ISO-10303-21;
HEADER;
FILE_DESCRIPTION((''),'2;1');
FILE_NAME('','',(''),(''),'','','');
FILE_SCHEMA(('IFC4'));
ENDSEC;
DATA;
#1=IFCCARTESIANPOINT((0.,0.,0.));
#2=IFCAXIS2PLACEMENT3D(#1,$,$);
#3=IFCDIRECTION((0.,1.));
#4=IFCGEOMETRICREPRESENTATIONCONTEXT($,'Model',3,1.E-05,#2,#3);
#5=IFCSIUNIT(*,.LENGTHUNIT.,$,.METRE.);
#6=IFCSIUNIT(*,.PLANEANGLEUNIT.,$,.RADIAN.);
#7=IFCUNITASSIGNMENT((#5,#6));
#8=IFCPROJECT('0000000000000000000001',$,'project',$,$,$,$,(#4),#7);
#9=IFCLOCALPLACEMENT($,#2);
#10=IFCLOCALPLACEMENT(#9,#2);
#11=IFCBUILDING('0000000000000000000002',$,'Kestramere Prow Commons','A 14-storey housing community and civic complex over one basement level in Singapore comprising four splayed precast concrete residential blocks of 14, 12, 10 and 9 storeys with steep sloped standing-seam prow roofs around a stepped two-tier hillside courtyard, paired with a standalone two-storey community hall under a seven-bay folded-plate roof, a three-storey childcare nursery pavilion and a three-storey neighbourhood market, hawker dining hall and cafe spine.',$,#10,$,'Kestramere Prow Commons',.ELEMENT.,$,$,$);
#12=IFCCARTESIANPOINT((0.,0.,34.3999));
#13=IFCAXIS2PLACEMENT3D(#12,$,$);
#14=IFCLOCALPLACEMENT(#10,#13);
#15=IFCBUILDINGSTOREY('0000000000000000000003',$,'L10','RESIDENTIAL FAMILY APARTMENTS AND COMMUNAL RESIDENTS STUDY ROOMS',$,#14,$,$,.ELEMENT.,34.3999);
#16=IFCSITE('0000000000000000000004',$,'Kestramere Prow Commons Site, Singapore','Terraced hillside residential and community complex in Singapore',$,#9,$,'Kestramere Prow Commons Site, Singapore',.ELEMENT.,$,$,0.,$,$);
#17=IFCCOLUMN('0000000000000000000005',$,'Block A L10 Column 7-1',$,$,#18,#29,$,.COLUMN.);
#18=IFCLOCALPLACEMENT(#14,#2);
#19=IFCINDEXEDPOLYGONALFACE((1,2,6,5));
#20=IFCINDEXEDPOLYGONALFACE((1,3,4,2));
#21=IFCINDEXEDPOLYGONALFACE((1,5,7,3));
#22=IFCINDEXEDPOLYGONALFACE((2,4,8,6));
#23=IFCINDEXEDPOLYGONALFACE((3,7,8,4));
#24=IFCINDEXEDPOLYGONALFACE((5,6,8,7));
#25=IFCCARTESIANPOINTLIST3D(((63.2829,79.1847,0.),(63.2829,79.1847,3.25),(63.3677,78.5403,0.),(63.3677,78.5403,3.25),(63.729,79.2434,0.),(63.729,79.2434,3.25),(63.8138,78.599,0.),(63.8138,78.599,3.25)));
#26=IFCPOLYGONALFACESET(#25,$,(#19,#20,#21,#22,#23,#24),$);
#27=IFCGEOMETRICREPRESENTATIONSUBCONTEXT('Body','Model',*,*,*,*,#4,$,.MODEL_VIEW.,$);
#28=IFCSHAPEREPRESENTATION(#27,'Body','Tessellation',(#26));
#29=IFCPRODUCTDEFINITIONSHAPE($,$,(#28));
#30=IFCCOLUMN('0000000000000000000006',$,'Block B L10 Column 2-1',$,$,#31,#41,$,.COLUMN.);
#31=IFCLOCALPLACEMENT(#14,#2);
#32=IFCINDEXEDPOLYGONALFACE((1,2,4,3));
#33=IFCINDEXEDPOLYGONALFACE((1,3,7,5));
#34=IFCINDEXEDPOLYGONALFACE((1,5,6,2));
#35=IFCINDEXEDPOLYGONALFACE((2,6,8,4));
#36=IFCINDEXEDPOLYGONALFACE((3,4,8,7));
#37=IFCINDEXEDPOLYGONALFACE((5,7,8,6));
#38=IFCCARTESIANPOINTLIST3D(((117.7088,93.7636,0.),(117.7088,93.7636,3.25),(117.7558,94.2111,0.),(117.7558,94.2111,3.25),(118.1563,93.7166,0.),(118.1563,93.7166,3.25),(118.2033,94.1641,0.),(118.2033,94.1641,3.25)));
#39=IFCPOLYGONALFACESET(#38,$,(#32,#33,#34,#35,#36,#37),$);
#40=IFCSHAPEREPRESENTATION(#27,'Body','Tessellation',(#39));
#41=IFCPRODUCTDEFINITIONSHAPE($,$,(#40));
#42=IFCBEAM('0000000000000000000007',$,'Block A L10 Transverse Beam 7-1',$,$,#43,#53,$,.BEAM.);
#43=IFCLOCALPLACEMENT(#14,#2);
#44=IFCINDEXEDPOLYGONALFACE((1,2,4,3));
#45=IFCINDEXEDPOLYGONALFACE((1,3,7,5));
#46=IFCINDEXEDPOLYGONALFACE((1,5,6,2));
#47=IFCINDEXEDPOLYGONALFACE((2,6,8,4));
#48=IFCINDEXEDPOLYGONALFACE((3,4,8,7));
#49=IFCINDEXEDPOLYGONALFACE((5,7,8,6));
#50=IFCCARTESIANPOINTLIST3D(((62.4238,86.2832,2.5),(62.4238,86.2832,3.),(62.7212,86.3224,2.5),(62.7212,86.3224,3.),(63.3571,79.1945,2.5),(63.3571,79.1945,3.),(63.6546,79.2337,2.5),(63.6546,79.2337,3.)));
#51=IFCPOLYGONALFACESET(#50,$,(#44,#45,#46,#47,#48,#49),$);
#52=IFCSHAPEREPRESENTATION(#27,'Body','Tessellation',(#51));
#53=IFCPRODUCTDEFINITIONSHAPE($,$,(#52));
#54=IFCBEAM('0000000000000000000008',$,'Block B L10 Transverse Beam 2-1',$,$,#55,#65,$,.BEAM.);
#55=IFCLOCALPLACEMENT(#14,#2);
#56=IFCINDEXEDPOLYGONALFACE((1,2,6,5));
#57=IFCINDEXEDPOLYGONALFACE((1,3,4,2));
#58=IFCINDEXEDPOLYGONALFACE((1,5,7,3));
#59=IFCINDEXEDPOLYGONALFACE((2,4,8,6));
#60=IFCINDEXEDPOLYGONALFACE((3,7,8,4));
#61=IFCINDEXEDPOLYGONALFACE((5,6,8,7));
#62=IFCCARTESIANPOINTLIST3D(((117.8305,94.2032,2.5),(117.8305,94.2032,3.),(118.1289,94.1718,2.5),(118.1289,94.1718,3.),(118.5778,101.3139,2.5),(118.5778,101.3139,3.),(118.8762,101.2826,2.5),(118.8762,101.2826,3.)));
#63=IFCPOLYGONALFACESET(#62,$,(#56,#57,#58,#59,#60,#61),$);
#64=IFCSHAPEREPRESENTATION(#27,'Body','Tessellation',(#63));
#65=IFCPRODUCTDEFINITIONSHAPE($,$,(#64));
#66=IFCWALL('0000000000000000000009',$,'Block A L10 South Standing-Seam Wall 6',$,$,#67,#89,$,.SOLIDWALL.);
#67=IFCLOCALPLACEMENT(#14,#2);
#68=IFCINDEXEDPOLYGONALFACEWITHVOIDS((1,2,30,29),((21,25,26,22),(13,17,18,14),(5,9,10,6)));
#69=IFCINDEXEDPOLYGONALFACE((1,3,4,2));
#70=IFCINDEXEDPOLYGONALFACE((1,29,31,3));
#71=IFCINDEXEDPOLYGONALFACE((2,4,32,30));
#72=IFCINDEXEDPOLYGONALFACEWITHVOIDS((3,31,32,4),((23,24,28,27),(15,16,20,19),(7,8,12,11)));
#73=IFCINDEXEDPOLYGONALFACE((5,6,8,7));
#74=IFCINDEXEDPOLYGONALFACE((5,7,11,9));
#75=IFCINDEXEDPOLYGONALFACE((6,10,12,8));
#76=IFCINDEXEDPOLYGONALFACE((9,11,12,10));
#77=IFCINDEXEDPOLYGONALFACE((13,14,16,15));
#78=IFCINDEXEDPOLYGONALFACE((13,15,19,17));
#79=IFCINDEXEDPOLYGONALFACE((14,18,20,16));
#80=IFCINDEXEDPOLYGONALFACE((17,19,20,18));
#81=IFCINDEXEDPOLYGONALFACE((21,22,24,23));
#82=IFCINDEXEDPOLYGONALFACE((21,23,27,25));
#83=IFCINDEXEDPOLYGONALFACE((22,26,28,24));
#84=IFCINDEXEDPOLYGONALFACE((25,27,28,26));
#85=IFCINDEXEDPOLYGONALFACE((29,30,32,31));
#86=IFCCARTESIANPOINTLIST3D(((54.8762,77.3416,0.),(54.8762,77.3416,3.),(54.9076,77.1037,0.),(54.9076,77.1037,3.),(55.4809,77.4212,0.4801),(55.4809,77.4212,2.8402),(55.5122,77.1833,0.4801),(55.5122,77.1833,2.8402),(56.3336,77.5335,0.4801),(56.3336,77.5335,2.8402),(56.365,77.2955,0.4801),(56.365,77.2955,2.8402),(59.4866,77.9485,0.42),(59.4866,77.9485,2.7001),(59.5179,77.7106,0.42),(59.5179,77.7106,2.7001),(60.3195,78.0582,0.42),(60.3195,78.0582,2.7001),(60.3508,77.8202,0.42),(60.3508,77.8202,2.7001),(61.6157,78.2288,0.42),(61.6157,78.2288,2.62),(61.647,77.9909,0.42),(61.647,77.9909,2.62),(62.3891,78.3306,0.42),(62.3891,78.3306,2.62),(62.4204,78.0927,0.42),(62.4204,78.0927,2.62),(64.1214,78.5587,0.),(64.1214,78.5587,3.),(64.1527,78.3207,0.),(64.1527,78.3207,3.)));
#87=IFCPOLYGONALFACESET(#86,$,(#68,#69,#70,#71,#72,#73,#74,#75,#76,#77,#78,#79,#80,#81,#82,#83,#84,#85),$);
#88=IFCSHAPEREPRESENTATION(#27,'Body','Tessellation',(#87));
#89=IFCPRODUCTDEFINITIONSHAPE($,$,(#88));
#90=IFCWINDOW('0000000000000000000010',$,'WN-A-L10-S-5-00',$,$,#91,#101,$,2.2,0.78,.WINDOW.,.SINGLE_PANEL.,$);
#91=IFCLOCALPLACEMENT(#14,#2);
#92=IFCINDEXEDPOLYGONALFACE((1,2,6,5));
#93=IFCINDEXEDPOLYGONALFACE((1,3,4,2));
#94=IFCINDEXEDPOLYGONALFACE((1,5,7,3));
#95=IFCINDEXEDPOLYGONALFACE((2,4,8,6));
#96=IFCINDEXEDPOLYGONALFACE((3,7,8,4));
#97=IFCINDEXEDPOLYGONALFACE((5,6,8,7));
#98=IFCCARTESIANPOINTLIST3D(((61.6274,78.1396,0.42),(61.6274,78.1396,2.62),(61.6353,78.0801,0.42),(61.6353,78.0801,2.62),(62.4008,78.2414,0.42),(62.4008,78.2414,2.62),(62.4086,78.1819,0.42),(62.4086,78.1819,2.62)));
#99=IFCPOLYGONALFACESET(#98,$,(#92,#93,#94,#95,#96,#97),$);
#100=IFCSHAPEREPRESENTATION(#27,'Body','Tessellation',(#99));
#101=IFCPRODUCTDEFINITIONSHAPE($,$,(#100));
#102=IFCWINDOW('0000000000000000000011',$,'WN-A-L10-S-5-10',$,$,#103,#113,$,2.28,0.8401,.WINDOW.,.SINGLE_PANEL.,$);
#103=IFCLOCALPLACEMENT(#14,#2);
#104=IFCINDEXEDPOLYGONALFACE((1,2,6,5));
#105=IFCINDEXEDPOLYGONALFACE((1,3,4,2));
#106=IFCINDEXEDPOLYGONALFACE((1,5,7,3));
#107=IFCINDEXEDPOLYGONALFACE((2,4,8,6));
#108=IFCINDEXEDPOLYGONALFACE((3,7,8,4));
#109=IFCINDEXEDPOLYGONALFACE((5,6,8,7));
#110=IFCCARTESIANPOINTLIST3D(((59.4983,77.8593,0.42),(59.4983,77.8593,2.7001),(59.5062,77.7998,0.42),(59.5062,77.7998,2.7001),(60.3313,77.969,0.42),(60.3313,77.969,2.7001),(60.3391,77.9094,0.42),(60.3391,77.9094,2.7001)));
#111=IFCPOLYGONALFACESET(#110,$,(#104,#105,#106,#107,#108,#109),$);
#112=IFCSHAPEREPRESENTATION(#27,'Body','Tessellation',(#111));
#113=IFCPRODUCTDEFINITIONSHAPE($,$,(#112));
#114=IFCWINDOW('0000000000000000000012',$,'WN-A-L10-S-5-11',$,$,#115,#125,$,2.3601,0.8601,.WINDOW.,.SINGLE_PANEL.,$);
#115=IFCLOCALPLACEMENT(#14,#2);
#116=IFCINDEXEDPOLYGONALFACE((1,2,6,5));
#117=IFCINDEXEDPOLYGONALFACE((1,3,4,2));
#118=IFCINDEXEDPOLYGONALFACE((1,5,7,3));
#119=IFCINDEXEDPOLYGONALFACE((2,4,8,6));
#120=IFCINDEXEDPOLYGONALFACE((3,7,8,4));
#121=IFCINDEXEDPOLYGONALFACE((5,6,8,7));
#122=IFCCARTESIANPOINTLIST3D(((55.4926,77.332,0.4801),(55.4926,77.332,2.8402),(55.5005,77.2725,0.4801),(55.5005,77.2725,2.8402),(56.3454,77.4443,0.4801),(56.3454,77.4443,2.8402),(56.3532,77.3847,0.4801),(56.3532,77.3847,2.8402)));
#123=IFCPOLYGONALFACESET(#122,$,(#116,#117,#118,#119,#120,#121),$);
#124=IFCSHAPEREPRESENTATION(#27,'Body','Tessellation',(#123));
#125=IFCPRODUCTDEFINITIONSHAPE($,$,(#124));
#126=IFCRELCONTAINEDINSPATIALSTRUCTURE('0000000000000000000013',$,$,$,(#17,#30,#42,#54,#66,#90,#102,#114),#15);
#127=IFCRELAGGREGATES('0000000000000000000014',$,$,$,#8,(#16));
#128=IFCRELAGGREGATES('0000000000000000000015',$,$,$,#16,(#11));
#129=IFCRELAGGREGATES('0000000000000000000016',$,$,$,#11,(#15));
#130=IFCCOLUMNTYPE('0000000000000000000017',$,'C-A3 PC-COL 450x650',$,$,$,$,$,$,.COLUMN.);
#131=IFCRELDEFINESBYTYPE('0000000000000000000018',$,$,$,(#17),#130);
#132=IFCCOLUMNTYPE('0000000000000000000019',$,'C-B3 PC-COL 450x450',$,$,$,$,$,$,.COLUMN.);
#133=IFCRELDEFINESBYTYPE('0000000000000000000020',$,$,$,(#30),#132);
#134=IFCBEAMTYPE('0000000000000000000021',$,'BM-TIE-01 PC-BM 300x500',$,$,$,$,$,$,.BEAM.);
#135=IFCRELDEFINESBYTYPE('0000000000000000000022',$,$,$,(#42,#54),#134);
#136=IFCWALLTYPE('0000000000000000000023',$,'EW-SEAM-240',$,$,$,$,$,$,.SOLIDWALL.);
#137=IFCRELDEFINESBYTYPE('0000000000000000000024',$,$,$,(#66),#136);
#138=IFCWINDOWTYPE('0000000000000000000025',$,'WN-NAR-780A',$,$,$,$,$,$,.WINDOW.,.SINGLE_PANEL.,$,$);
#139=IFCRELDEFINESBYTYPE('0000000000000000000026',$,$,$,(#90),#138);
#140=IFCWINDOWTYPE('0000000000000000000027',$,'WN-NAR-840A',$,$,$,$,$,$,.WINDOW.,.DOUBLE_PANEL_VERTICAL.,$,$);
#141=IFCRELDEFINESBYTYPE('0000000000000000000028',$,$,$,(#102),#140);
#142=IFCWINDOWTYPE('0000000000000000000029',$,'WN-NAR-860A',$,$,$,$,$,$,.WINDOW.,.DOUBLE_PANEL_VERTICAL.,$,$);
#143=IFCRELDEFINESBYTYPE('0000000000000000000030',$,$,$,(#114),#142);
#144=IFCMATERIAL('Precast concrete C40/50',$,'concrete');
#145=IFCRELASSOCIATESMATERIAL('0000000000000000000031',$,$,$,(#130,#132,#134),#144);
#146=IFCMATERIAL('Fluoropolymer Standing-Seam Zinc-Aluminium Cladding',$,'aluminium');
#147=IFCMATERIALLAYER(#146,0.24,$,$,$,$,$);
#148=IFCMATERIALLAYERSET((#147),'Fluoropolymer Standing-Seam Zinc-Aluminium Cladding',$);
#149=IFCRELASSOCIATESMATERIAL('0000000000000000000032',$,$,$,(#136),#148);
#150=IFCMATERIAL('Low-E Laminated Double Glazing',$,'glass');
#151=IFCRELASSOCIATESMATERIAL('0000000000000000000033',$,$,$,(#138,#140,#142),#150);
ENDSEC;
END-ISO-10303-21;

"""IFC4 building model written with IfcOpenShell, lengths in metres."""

from ifc_helpers import new_model, si_unit, direction, frame, frame_2d, origin, origin_2d, place, context, subcontext, project, spatial, rectangle, extrude, material, layer, layer_set, material_profile, profile_set, type_object, element, fill, save


model = new_model("IFC4")

# Units and contexts
model_context = context("Model", 3, precision=1e-05, world=origin(), true_north=direction((0.0, 1.0)))
body_context = subcontext(model_context, "Body", "Model", "MODEL_VIEW")
ifc_project = project(units=[si_unit("LENGTHUNIT", "METRE"), si_unit("PLANEANGLEUNIT", "RADIAN")], contexts=[model_context])

# Site, building, storey
site_placement = place(None, origin())
site = spatial("IfcSite", under=ifc_project, at=site_placement, Name="Kestramere Prow Commons Site, Singapore", Description="Terraced hillside residential and community complex in Singapore", LongName="Kestramere Prow Commons Site, Singapore", CompositionType="ELEMENT", RefElevation=0.0)
building_placement = place(site_placement, origin())
building = spatial("IfcBuilding", under=site, at=building_placement, Name="Kestramere Prow Commons", Description="A 14-storey housing community and civic complex over one basement level in Singapore comprising four splayed precast concrete residential blocks of 14, 12, 10 and 9 storeys with steep sloped standing-seam prow roofs around a stepped two-tier hillside courtyard, paired with a standalone two-storey community hall under a seven-bay folded-plate roof, a three-storey childcare nursery pavilion and a three-storey neighbourhood market, hawker dining hall and cafe spine.", LongName="Kestramere Prow Commons", CompositionType="ELEMENT")
storey_placement = place(building_placement, frame((0.0, 0.0, 34.3999)))
storey = spatial("IfcBuildingStorey", under=building, at=storey_placement, Name="L10", Description="RESIDENTIAL FAMILY APARTMENTS AND COMMUNAL RESIDENTS STUDY ROOMS", CompositionType="ELEMENT", Elevation=34.3999)

# Columns
ifc_material_1 = material(Name="Precast concrete C40/50", Category="concrete")
ifc_material_profile_1 = material_profile(ifc_material_1, rectangle(XDim=0.45, YDim=0.6499, at=origin_2d()), Name="PC-COL 450x650")
ifc_profile_set_1 = profile_set([ifc_material_profile_1], Name="Precast concrete C40/50")
column_type_1 = type_object("IfcColumnType", Name="C-A3 PC-COL 450x650", PredefinedType="COLUMN", material=ifc_profile_set_1)
column_1_placement = place(storey_placement, frame((63.5483, 78.8918, 0.0), z_axis=(0.0, 0.0, 1.0), x_axis=(0.991445, 0.130526, 0.0)))
element("IfcColumn", 1, at=column_1_placement, inside=storey, type_object=column_type_1, Name="Block A L10 Column 7-1", PredefinedType="COLUMN", context=body_context, shape_type="SweptSolid", body=[
    extrude(rectangle(XDim=0.45, YDim=0.6499, at=origin_2d()), origin(), (0.0, 0.0, 1.0), 3.25),
])
ifc_material_profile_2 = material_profile(ifc_material_1, rectangle(XDim=0.45, YDim=0.45, at=origin_2d()), Name="PC-COL 450x450")
ifc_profile_set_2 = profile_set([ifc_material_profile_2], Name="Precast concrete C40/50")
column_type_2 = type_object("IfcColumnType", Name="C-B3 PC-COL 450x450", PredefinedType="COLUMN", material=ifc_profile_set_2)
column_2_placement = place(storey_placement, frame((117.9561, 93.9639, 0.0), z_axis=(0.0, 0.0, 1.0), x_axis=(0.994522, -0.104528, 0.0)))
element("IfcColumn", 2, at=column_2_placement, inside=storey, type_object=column_type_2, Name="Block B L10 Column 2-1", PredefinedType="COLUMN", context=body_context, shape_type="SweptSolid", body=[
    extrude(rectangle(XDim=0.45, YDim=0.45, at=origin_2d()), origin(), (0.0, 0.0, 1.0), 3.25),
])

# Beams
ifc_material_profile_3 = material_profile(ifc_material_1, rectangle(XDim=0.3, YDim=0.5, at=origin_2d()), Name="PC-BM 300x500")
ifc_profile_set_3 = profile_set([ifc_material_profile_3], Name="Precast concrete C40/50")
beam_type = type_object("IfcBeamType", Name="BM-TIE-01 PC-BM 300x500", PredefinedType="BEAM", material=ifc_profile_set_3)
for number, where, z_axis, x_axis, name in (
    (3, (63.5059, 79.2141, 2.75), (-0.130542, 0.991443, 0.0), (-0.991443, -0.130542, 0.0), "Block A L10 Transverse Beam 7-1"),
    (4, (117.9797, 94.1875, 2.75), (0.104519, 0.994523, 0.0), (-0.994523, 0.104519, 0.0), "Block B L10 Transverse Beam 2-1"),
):
    element("IfcBeam", number, at=place(storey_placement, frame(where, z_axis=z_axis, x_axis=x_axis)), inside=storey, type_object=beam_type, Name=name, PredefinedType="BEAM", context=body_context, shape_type="SweptSolid", body=[
        extrude(rectangle(XDim=0.3, YDim=0.5, at=origin_2d()), origin(), (0.0, 0.0, 1.0), 7.1499),
    ])

# Wall, openings, windows
ifc_material_2 = material(Name="Fluoropolymer Standing-Seam Zinc-Aluminium Cladding", Category="aluminium")
ifc_layer_1 = layer(ifc_material_2, 0.24)
ifc_layer_set_1 = layer_set([ifc_layer_1], Name="Fluoropolymer Standing-Seam Zinc-Aluminium Cladding")
wall_type = type_object("IfcWallType", Name="EW-SEAM-240", PredefinedType="SOLIDWALL", material=ifc_layer_set_1)
wall_1_placement = place(storey_placement, frame((64.1372, 78.4397, 0.0), z_axis=(0.0, 0.0, 1.0), x_axis=(-0.991446, -0.130515, 0.0)))
wall_1 = element("IfcWall", 5, at=wall_1_placement, inside=storey, type_object=wall_type, Name="Block A L10 South Standing-Seam Wall 6", PredefinedType="SOLIDWALL", context=body_context, shape_type="SweptSolid", body=[
    extrude(rectangle(XDim=9.325, YDim=0.24, at=frame_2d((4.6626, 0.0))), origin(), (0.0, 0.0, 1.0), 3.0),
])
opening_1_placement = place(wall_1_placement, frame((1.7473, 0.0, 0.4199)))
opening_1 = element("IfcOpeningElement", 6, at=opening_1_placement, cuts=wall_1, PredefinedType="OPENING", context=body_context, shape_type="SweptSolid", body=[
    extrude(rectangle(XDim=0.78, YDim=2.2, at=frame_2d((0.3901, 1.1001))), frame((0.0, 0.135, 0.0), z_axis=(0.0, -1.0, 0.0), x_axis=(1.0, 0.0, 0.0)), (0.0, 0.0, 1.0), 0.27),
])
opening_2_placement = place(wall_1_placement, frame((3.835, 0.0, 0.4199)))
opening_2 = element("IfcOpeningElement", 7, at=opening_2_placement, cuts=wall_1, PredefinedType="OPENING", context=body_context, shape_type="SweptSolid", body=[
    extrude(rectangle(XDim=0.8401, YDim=2.28, at=frame_2d((0.4199, 1.1401))), frame((0.0, 0.135, 0.0), z_axis=(0.0, -1.0, 0.0), x_axis=(1.0, 0.0, 0.0)), (0.0, 0.0, 1.0), 0.27),
])
opening_3_placement = place(wall_1_placement, frame((7.855, 0.0, 0.48)))
opening_3 = element("IfcOpeningElement", 8, at=opening_3_placement, cuts=wall_1, PredefinedType="OPENING", context=body_context, shape_type="SweptSolid", body=[
    extrude(rectangle(XDim=0.8601, YDim=2.3601, at=frame_2d((0.4302, 1.1802))), frame((0.0, 0.135, 0.0), z_axis=(0.0, -1.0, 0.0), x_axis=(1.0, 0.0, 0.0)), (0.0, 0.0, 1.0), 0.27),
])
ifc_material_3 = material(Name="Low-E Laminated Double Glazing", Category="glass")
window_type_1 = type_object("IfcWindowType", Name="WN-NAR-780A", PartitioningType="SINGLE_PANEL", PredefinedType="WINDOW", material=ifc_material_3)
window_1_placement = place(opening_1_placement, origin())
window_1 = element("IfcWindow", 9, at=window_1_placement, inside=storey, type_object=window_type_1, Name="WN-A-L10-S-5-00", OverallHeight=2.2, OverallWidth=0.78, PartitioningType="SINGLE_PANEL", PredefinedType="WINDOW", context=body_context, shape_type="SweptSolid", body=[
    extrude(rectangle(XDim=0.78, YDim=2.2, at=frame_2d((0.3901, 1.1001))), frame((0.0, 0.03, 0.0), z_axis=(0.0, -1.0, 0.0), x_axis=(1.0, 0.0, 0.0)), (0.0, 0.0, 1.0), 0.0601),
])
fill(opening_1, window_1)
window_type_2 = type_object("IfcWindowType", Name="WN-NAR-840A", PartitioningType="DOUBLE_PANEL_VERTICAL", PredefinedType="WINDOW", material=ifc_material_3)
window_2_placement = place(opening_2_placement, origin())
window_2 = element("IfcWindow", 10, at=window_2_placement, inside=storey, type_object=window_type_2, Name="WN-A-L10-S-5-10", OverallHeight=2.28, OverallWidth=0.8401, PartitioningType="SINGLE_PANEL", PredefinedType="WINDOW", context=body_context, shape_type="SweptSolid", body=[
    extrude(rectangle(XDim=0.8401, YDim=2.28, at=frame_2d((0.4199, 1.1401))), frame((0.0, 0.03, 0.0), z_axis=(0.0, -1.0, 0.0), x_axis=(1.0, 0.0, 0.0)), (0.0, 0.0, 1.0), 0.0601),
])
fill(opening_2, window_2)
window_type_3 = type_object("IfcWindowType", Name="WN-NAR-860A", PartitioningType="DOUBLE_PANEL_VERTICAL", PredefinedType="WINDOW", material=ifc_material_3)
window_3_placement = place(opening_3_placement, origin())
window_3 = element("IfcWindow", 11, at=window_3_placement, inside=storey, type_object=window_type_3, Name="WN-A-L10-S-5-11", OverallHeight=2.3601, OverallWidth=0.8601, PartitioningType="SINGLE_PANEL", PredefinedType="WINDOW", context=body_context, shape_type="SweptSolid", body=[
    extrude(rectangle(XDim=0.8601, YDim=2.3601, at=frame_2d((0.4302, 1.1802))), frame((0.0, 0.03, 0.0), z_axis=(0.0, -1.0, 0.0), x_axis=(1.0, 0.0, 0.0)), (0.0, 0.0, 1.0), 0.0601),
])
fill(opening_3, window_3)

save(model, "model.ifc")
